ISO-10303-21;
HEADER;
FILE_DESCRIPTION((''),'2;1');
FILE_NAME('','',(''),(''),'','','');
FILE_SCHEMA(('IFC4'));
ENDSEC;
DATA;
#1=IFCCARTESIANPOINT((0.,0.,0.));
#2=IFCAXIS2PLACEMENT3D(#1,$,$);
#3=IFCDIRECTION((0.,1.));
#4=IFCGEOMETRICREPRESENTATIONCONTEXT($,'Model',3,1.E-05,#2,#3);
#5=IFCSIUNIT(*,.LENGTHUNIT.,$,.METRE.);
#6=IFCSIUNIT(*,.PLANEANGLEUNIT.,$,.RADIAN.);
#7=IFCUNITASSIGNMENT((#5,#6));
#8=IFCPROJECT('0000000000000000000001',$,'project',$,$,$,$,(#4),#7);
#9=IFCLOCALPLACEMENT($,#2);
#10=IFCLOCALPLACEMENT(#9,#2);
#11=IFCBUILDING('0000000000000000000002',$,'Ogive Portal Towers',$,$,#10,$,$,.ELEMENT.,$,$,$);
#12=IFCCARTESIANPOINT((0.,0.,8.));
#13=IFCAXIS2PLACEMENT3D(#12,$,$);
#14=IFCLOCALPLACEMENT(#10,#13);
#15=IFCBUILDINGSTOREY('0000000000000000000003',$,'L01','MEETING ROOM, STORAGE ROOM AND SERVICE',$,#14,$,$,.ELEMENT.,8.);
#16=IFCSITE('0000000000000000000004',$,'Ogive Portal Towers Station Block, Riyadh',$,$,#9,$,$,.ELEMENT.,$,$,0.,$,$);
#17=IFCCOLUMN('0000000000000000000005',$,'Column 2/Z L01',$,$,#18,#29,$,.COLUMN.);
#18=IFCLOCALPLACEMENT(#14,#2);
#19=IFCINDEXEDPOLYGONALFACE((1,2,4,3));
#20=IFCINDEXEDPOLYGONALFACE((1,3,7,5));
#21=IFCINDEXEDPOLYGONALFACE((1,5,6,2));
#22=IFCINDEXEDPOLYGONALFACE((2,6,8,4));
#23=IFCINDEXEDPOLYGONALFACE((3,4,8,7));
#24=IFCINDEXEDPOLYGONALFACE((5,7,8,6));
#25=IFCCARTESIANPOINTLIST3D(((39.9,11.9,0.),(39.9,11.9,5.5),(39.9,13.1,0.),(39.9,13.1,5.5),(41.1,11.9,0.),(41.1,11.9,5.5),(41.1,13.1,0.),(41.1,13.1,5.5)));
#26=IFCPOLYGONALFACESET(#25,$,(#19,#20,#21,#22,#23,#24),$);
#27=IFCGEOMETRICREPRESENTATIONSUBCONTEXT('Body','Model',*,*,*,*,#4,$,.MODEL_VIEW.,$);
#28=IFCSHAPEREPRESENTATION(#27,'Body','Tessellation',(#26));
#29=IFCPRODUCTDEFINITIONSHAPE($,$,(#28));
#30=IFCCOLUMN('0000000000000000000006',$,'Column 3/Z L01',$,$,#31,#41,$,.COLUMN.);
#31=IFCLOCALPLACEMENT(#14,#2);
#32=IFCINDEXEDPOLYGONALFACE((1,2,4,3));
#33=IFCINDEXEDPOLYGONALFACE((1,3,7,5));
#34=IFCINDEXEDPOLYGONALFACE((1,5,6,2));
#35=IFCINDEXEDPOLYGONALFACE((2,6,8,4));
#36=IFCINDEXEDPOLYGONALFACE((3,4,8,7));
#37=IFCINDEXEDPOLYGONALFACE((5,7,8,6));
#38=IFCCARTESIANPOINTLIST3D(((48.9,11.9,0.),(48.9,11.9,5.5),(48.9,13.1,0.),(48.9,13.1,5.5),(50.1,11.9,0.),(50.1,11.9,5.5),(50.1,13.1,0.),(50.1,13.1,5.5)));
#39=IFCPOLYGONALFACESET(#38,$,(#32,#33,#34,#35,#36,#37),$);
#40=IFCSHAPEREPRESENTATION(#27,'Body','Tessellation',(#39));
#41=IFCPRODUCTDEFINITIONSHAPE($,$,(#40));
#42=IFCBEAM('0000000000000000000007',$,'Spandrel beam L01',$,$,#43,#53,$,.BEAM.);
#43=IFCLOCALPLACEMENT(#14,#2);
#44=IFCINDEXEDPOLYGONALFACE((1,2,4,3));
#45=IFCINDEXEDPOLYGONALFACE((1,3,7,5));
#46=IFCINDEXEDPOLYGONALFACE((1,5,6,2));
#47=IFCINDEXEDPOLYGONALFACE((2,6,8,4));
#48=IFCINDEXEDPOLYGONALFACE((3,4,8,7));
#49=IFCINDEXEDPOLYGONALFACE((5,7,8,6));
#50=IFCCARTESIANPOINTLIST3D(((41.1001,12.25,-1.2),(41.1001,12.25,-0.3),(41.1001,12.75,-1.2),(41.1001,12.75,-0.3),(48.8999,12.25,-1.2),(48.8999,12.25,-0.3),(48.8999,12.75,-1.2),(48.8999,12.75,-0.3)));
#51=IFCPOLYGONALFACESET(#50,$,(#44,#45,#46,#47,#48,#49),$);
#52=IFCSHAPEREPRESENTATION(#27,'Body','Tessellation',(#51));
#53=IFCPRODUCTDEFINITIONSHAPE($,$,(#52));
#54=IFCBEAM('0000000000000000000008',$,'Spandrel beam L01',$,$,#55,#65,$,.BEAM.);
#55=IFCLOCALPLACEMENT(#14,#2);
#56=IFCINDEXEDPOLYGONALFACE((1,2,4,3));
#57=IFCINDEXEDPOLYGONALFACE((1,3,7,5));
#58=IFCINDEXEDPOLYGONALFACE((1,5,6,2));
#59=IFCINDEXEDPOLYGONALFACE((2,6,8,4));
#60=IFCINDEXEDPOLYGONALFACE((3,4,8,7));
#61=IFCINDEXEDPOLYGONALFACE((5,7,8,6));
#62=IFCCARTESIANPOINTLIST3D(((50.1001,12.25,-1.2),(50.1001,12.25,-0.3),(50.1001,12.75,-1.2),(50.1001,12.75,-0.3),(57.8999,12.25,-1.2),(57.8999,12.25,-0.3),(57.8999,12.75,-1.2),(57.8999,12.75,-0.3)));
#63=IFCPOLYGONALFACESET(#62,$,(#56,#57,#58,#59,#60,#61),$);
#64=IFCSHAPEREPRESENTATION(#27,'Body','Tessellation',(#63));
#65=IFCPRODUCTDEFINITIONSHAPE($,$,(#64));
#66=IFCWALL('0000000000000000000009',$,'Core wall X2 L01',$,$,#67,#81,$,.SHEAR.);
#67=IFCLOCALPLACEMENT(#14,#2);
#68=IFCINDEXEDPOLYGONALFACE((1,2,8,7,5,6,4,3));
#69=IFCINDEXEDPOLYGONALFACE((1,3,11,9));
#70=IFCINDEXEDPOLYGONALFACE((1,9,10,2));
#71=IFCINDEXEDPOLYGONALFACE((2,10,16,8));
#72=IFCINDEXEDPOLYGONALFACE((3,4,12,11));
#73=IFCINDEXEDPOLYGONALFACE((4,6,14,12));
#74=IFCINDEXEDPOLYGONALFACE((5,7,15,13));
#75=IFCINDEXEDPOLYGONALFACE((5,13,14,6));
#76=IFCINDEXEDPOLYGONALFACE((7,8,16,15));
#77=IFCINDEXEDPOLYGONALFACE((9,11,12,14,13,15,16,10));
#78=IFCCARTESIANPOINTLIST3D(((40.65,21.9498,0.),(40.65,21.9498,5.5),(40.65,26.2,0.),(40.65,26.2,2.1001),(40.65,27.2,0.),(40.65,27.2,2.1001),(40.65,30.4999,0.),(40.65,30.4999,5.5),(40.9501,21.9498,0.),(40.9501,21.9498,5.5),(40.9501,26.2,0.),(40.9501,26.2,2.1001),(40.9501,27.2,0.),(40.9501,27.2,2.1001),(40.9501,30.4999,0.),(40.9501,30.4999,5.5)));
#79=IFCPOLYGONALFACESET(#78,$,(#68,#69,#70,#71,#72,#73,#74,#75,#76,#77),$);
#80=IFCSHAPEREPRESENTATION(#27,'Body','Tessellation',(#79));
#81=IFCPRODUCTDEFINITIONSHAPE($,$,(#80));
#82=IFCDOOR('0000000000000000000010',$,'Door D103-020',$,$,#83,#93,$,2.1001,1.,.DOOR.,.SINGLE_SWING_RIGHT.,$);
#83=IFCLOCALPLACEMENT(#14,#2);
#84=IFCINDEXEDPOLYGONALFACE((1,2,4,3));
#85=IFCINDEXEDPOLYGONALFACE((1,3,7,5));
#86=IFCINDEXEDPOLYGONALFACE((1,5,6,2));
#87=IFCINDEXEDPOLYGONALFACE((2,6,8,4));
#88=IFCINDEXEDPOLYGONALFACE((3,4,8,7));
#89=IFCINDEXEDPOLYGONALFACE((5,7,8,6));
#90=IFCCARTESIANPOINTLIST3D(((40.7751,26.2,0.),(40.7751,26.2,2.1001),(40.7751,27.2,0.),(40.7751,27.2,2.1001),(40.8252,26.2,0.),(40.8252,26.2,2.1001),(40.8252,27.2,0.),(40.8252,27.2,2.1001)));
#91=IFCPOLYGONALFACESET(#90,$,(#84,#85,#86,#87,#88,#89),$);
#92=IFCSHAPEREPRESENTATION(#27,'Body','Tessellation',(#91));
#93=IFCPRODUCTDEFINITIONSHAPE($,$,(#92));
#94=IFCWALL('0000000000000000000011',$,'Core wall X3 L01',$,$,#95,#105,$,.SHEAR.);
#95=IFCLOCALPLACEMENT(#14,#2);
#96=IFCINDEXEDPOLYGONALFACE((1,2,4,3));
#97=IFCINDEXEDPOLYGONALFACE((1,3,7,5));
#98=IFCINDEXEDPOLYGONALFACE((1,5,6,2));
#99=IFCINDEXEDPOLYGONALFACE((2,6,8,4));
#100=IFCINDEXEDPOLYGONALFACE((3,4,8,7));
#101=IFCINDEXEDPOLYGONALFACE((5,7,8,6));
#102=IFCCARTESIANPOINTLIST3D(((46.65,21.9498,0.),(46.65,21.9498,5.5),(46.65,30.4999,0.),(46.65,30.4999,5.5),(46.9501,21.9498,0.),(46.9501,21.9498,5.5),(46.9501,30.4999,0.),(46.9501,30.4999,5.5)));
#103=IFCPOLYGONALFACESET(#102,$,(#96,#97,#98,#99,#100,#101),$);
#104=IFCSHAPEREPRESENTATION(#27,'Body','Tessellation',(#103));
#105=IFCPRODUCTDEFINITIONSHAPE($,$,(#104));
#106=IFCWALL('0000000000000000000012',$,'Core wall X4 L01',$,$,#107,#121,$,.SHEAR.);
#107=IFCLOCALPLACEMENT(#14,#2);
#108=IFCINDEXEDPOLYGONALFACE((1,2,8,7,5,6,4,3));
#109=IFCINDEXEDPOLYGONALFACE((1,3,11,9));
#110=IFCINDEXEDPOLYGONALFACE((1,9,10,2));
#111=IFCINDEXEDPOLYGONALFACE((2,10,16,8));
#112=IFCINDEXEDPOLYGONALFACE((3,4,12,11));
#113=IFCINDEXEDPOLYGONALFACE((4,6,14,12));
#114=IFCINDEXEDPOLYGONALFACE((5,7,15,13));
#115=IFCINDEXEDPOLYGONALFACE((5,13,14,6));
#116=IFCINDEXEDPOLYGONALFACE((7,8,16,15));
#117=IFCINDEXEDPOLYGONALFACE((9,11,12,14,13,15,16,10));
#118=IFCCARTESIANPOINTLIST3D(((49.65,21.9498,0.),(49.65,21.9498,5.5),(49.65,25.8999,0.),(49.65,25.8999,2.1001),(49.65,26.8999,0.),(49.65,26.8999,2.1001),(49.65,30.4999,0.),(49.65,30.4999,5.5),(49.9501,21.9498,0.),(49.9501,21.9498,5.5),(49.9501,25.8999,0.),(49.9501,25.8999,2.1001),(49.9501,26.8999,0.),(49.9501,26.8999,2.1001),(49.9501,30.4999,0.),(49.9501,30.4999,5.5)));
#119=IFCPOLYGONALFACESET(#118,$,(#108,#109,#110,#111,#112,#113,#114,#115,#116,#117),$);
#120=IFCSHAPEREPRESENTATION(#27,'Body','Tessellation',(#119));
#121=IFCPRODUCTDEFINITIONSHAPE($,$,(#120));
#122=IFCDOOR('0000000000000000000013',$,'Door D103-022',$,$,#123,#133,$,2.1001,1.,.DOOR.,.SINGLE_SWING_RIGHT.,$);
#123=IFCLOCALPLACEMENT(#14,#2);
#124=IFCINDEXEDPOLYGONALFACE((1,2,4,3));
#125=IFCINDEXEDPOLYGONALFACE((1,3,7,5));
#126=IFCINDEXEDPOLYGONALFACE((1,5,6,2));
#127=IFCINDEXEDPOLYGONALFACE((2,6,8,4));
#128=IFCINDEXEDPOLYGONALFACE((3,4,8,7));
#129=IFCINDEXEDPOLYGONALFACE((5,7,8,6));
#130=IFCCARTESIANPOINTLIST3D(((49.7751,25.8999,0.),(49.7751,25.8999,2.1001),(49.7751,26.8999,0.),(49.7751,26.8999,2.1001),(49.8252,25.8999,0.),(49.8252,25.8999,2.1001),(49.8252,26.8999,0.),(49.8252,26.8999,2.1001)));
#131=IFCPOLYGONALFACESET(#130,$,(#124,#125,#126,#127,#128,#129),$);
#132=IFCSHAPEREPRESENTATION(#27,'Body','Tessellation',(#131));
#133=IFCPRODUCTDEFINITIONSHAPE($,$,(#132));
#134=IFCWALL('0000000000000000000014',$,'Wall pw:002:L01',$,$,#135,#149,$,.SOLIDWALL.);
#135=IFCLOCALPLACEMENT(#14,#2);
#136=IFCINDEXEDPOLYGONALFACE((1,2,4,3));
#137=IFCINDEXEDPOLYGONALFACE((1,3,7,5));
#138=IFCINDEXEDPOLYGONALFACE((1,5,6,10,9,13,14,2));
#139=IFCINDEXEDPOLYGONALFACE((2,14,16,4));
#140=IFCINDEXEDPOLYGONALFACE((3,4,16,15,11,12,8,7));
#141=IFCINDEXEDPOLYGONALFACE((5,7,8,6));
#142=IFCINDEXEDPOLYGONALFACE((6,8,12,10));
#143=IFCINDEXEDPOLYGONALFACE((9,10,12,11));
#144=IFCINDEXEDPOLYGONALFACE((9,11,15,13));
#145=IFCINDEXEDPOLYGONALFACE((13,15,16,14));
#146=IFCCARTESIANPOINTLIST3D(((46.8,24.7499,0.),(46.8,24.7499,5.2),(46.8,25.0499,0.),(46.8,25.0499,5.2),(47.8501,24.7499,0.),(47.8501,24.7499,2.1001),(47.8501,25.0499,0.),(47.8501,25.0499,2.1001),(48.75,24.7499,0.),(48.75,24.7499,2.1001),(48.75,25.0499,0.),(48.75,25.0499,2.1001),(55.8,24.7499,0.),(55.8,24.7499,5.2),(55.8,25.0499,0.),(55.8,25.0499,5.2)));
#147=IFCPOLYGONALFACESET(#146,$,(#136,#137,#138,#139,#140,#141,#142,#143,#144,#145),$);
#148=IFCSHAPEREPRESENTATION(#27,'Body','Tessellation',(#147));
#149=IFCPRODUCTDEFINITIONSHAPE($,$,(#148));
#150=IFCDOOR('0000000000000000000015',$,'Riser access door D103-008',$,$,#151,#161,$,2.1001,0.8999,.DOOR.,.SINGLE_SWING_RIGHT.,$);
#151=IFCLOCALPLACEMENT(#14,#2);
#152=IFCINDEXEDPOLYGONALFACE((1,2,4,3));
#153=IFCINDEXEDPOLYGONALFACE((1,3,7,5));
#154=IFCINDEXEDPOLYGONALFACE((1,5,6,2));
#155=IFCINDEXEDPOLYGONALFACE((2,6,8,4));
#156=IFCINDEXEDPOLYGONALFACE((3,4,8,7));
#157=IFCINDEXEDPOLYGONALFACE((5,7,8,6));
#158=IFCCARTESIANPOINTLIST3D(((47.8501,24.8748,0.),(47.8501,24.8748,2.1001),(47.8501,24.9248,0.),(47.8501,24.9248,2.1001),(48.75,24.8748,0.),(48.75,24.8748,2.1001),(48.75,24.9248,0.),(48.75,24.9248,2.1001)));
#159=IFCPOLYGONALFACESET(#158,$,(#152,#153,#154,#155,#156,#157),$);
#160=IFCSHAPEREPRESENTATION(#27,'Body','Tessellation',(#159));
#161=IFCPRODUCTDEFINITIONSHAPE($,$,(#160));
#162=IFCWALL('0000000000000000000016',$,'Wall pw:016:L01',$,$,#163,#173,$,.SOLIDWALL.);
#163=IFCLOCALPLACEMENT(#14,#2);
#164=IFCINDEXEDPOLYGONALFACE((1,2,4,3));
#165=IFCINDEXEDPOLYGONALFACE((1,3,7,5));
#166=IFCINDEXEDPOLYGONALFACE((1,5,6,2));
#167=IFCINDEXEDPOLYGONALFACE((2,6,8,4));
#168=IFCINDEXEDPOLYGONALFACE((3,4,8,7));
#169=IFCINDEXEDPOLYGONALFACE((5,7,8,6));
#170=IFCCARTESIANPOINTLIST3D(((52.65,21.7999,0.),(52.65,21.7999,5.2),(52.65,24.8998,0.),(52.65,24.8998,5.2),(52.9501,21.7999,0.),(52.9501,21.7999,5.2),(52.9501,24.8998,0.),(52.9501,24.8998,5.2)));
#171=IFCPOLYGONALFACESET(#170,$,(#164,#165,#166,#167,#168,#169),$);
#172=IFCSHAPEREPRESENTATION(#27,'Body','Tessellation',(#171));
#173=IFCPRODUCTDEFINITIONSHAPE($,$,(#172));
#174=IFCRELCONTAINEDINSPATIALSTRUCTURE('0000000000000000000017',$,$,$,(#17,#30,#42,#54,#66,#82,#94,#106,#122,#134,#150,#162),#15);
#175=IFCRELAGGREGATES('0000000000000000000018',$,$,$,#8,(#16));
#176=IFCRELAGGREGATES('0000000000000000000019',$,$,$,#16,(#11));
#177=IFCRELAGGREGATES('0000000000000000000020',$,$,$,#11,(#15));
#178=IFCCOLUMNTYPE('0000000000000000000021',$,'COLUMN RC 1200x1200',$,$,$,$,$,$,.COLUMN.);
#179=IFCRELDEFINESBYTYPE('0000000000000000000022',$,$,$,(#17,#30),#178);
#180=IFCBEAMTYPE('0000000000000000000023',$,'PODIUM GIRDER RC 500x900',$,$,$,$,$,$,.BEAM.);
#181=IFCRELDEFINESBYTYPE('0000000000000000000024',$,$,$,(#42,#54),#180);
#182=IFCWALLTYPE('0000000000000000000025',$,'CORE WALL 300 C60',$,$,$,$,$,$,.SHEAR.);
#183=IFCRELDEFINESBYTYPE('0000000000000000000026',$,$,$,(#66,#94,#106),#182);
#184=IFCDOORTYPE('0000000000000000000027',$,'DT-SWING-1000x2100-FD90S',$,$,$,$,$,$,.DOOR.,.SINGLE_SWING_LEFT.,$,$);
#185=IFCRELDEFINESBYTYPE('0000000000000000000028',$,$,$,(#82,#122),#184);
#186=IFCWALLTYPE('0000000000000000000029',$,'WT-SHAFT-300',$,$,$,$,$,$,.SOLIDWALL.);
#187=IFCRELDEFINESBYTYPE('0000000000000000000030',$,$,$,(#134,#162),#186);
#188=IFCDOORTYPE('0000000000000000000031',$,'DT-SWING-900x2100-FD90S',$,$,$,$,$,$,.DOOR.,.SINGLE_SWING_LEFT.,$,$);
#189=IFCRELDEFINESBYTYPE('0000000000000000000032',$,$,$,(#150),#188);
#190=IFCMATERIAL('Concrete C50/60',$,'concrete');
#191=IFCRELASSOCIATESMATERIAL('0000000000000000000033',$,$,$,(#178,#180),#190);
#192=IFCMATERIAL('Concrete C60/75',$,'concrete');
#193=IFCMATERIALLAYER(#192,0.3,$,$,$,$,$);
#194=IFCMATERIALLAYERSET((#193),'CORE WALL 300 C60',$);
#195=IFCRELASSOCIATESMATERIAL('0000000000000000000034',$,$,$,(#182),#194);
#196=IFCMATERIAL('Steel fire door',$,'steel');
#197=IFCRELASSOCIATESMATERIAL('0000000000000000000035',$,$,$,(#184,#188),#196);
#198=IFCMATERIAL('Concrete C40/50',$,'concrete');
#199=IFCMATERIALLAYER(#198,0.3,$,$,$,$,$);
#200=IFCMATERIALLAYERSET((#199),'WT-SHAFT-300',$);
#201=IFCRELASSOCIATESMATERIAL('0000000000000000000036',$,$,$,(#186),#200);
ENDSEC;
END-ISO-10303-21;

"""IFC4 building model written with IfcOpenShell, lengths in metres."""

from ifc_helpers import new_model, si_unit, direction, frame, frame_2d, origin, origin_2d, place, context, subcontext, project, spatial, rectangle, extrude, material, layer, layer_set, material_profile, profile_set, type_object, element, fill, save


model = new_model("IFC4")

# Units and contexts
model_context = context("Model", 3, precision=1e-05, world=origin(), true_north=direction((0.0, 1.0)))
body_context = subcontext(model_context, "Body", "Model", "MODEL_VIEW")
ifc_project = project(units=[si_unit("LENGTHUNIT", "METRE"), si_unit("PLANEANGLEUNIT", "RADIAN")], contexts=[model_context])

# Site, building, storey
site_placement = place(None, origin())
site = spatial("IfcSite", under=ifc_project, at=site_placement, Name="Ogive Portal Towers Station Block, Riyadh", CompositionType="ELEMENT", RefElevation=0.0)
building_placement = place(site_placement, origin())
building = spatial("IfcBuilding", under=site, at=building_placement, Name="Ogive Portal Towers", CompositionType="ELEMENT")
storey_placement = place(building_placement, frame((0.0, 0.0, 8.0)))
storey = spatial("IfcBuildingStorey", under=building, at=storey_placement, Name="L01", Description="MEETING ROOM, STORAGE ROOM AND SERVICE", CompositionType="ELEMENT", Elevation=8.0)

# Columns
ifc_material_1 = material(Name="Concrete C50/60", Category="concrete")
ifc_material_profile_1 = material_profile(ifc_material_1, rectangle(XDim=1.2, YDim=1.2, at=origin_2d()), Name="RC 1200x1200")
ifc_profile_set_1 = profile_set([ifc_material_profile_1], Name="Concrete C50/60")
column_type = type_object("IfcColumnType", Name="COLUMN RC 1200x1200", PredefinedType="COLUMN", material=ifc_profile_set_1)
for number, where, z_axis, x_axis, name in (
    (1, (40.5, 12.5, 0.0), (0.0, 0.0, 1.0), (1.0, 0.0, 0.0), "Column 2/Z L01"),
    (2, (49.5, 12.5, 0.0), (0.0, 0.0, 1.0), (1.0, 0.0, 0.0), "Column 3/Z L01"),
):
    element("IfcColumn", number, at=place(storey_placement, frame(where, z_axis=z_axis, x_axis=x_axis)), inside=storey, type_object=column_type, Name=name, PredefinedType="COLUMN", context=body_context, shape_type="SweptSolid", body=[
        extrude(rectangle(XDim=1.2, YDim=1.2, at=origin_2d()), origin(), (0.0, 0.0, 1.0), 5.5),
    ])

# Beams
ifc_material_profile_2 = material_profile(ifc_material_1, rectangle(XDim=0.5, YDim=0.8999, at=origin_2d()), Name="RC 500x900")
ifc_profile_set_2 = profile_set([ifc_material_profile_2], Name="Concrete C50/60")
beam_type = type_object("IfcBeamType", Name="PODIUM GIRDER RC 500x900", PredefinedType="BEAM", material=ifc_profile_set_2)
for number, where, z_axis, x_axis, name in (
    (3, (41.1001, 12.5, -0.75), (1.0, 0.0, 0.0), (0.0, 1.0, 0.0), "Spandrel beam L01"),
    (4, (50.1001, 12.5, -0.75), (1.0, 0.0, 0.0), (0.0, 1.0, 0.0), "Spandrel beam L01"),
):
    element("IfcBeam", number, at=place(storey_placement, frame(where, z_axis=z_axis, x_axis=x_axis)), inside=storey, type_object=beam_type, Name=name, PredefinedType="BEAM", context=body_context, shape_type="SweptSolid", body=[
        extrude(rectangle(XDim=0.5, YDim=0.8999, at=origin_2d()), origin(), (0.0, 0.0, 1.0), 7.7998),
    ])

# Wall, opening, door
ifc_material_2 = material(Name="Concrete C60/75", Category="concrete")
ifc_layer_1 = layer(ifc_material_2, 0.3)
ifc_layer_set_1 = layer_set([ifc_layer_1], Name="CORE WALL 300 C60")
wall_type_1 = type_object("IfcWallType", Name="CORE WALL 300 C60", PredefinedType="SHEAR", material=ifc_layer_set_1)
wall_1_placement = place(storey_placement, frame((40.8, 21.95, 0.0), z_axis=(0.0, 0.0, 1.0), x_axis=(0.0, 1.0, 0.0)))
wall_1 = element("IfcWall", 5, at=wall_1_placement, inside=storey, type_object=wall_type_1, Name="Core wall X2 L01", PredefinedType="SHEAR", context=body_context, shape_type="SweptSolid", body=[
    extrude(rectangle(XDim=8.55, YDim=0.3, at=frame_2d((4.2749, 0.0))), origin(), (0.0, 0.0, 1.0), 5.5),
])
opening_1_placement = place(wall_1_placement, frame((4.25, 0.0, 0.0)))
opening_1 = element("IfcOpeningElement", 6, at=opening_1_placement, cuts=wall_1, PredefinedType="OPENING", context=body_context, shape_type="SweptSolid", body=[
    extrude(rectangle(XDim=1.0, YDim=2.1001, at=frame_2d((0.5, 1.05))), frame((0.0, 0.1602, 0.0), z_axis=(0.0, -1.0, 0.0), x_axis=(1.0, 0.0, 0.0)), (0.0, 0.0, 1.0), 0.3201),
])
ifc_material_3 = material(Name="Steel fire door", Category="steel")
door_type_1 = type_object("IfcDoorType", Name="DT-SWING-1000x2100-FD90S", OperationType="SINGLE_SWING_LEFT", PredefinedType="DOOR", material=ifc_material_3)
door_1_placement = place(opening_1_placement, origin())
door_1 = element("IfcDoor", 7, at=door_1_placement, inside=storey, type_object=door_type_1, Name="Door D103-020", OperationType="SINGLE_SWING_RIGHT", OverallHeight=2.1001, OverallWidth=1.0, PredefinedType="DOOR", context=body_context, shape_type="SweptSolid", body=[
    extrude(rectangle(XDim=1.0, YDim=2.1001, at=frame_2d((0.5, 1.05))), frame((0.0, 0.0249, 0.0), z_axis=(0.0, -1.0, 0.0), x_axis=(1.0, 0.0, 0.0)), (0.0, 0.0, 1.0), 0.05),
])
fill(opening_1, door_1)

# Wall
wall_2_placement = place(storey_placement, frame((46.8, 21.95, 0.0), z_axis=(0.0, 0.0, 1.0), x_axis=(0.0, 1.0, 0.0)))
element("IfcWall", 8, at=wall_2_placement, inside=storey, type_object=wall_type_1, Name="Core wall X3 L01", PredefinedType="SHEAR", context=body_context, shape_type="SweptSolid", body=[
    extrude(rectangle(XDim=8.55, YDim=0.3, at=frame_2d((4.2749, 0.0))), origin(), (0.0, 0.0, 1.0), 5.5),
])

# Walls, openings, doors
wall_3_placement = place(storey_placement, frame((49.8, 21.95, 0.0), z_axis=(0.0, 0.0, 1.0), x_axis=(0.0, 1.0, 0.0)))
wall_3 = element("IfcWall", 9, at=wall_3_placement, inside=storey, type_object=wall_type_1, Name="Core wall X4 L01", PredefinedType="SHEAR", context=body_context, shape_type="SweptSolid", body=[
    extrude(rectangle(XDim=8.55, YDim=0.3, at=frame_2d((4.2749, 0.0))), origin(), (0.0, 0.0, 1.0), 5.5),
])
opening_2_placement = place(wall_3_placement, frame((3.95, 0.0, 0.0)))
opening_2 = element("IfcOpeningElement", 10, at=opening_2_placement, cuts=wall_3, PredefinedType="OPENING", context=body_context, shape_type="SweptSolid", body=[
    extrude(rectangle(XDim=1.0, YDim=2.1001, at=frame_2d((0.5, 1.05))), frame((0.0, 0.1602, 0.0), z_axis=(0.0, -1.0, 0.0), x_axis=(1.0, 0.0, 0.0)), (0.0, 0.0, 1.0), 0.3201),
])
door_2_placement = place(opening_2_placement, origin())
door_2 = element("IfcDoor", 11, at=door_2_placement, inside=storey, type_object=door_type_1, Name="Door D103-022", OperationType="SINGLE_SWING_RIGHT", OverallHeight=2.1001, OverallWidth=1.0, PredefinedType="DOOR", context=body_context, shape_type="SweptSolid", body=[
    extrude(rectangle(XDim=1.0, YDim=2.1001, at=frame_2d((0.5, 1.05))), frame((0.0, 0.0249, 0.0), z_axis=(0.0, -1.0, 0.0), x_axis=(1.0, 0.0, 0.0)), (0.0, 0.0, 1.0), 0.05),
])
fill(opening_2, door_2)
ifc_material_4 = material(Name="Concrete C40/50", Category="concrete")
ifc_layer_2 = layer(ifc_material_4, 0.3)
ifc_layer_set_2 = layer_set([ifc_layer_2], Name="WT-SHAFT-300")
wall_type_2 = type_object("IfcWallType", Name="WT-SHAFT-300", PredefinedType="SOLIDWALL", material=ifc_layer_set_2)
wall_4_placement = place(storey_placement, frame((46.8, 24.8999, 0.0), z_axis=(0.0, 0.0, 1.0), x_axis=(1.0, 0.0, 0.0)))
wall_4 = element("IfcWall", 12, at=wall_4_placement, inside=storey, type_object=wall_type_2, Name="Wall pw:002:L01", PredefinedType="SOLIDWALL", context=body_context, shape_type="SweptSolid", body=[
    extrude(rectangle(XDim=9.0, YDim=0.3, at=frame_2d((4.5, 0.0))), origin(), (0.0, 0.0, 1.0), 5.2),
])
opening_3_placement = place(wall_4_placement, frame((1.05, 0.0, 0.0)))
opening_3 = element("IfcOpeningElement", 13, at=opening_3_placement, cuts=wall_4, PredefinedType="OPENING", context=body_context, shape_type="SweptSolid", body=[
    extrude(rectangle(XDim=0.8999, YDim=2.1001, at=frame_2d((0.45, 1.05))), frame((0.0, 0.1602, 0.0), z_axis=(0.0, -1.0, 0.0), x_axis=(1.0, 0.0, 0.0)), (0.0, 0.0, 1.0), 0.3201),
])
door_type_2 = type_object("IfcDoorType", Name="DT-SWING-900x2100-FD90S", OperationType="SINGLE_SWING_LEFT", PredefinedType="DOOR", material=ifc_material_3)
door_3_placement = place(opening_3_placement, origin())
door_3 = element("IfcDoor", 14, at=door_3_placement, inside=storey, type_object=door_type_2, Name="Riser access door D103-008", OperationType="SINGLE_SWING_RIGHT", OverallHeight=2.1001, OverallWidth=0.8999, PredefinedType="DOOR", context=body_context, shape_type="SweptSolid", body=[
    extrude(rectangle(XDim=0.8999, YDim=2.1001, at=frame_2d((0.45, 1.05))), frame((0.0, 0.0249, 0.0), z_axis=(0.0, -1.0, 0.0), x_axis=(1.0, 0.0, 0.0)), (0.0, 0.0, 1.0), 0.05),
])
fill(opening_3, door_3)

# Wall
wall_5_placement = place(storey_placement, frame((52.8, 21.8, 0.0), z_axis=(0.0, 0.0, 1.0), x_axis=(0.0, 1.0, 0.0)))
element("IfcWall", 15, at=wall_5_placement, inside=storey, type_object=wall_type_2, Name="Wall pw:016:L01", PredefinedType="SOLIDWALL", context=body_context, shape_type="SweptSolid", body=[
    extrude(rectangle(XDim=3.0999, YDim=0.3, at=frame_2d((1.5498, 0.0))), origin(), (0.0, 0.0, 1.0), 5.2),
])

save(model, "model.ifc")
